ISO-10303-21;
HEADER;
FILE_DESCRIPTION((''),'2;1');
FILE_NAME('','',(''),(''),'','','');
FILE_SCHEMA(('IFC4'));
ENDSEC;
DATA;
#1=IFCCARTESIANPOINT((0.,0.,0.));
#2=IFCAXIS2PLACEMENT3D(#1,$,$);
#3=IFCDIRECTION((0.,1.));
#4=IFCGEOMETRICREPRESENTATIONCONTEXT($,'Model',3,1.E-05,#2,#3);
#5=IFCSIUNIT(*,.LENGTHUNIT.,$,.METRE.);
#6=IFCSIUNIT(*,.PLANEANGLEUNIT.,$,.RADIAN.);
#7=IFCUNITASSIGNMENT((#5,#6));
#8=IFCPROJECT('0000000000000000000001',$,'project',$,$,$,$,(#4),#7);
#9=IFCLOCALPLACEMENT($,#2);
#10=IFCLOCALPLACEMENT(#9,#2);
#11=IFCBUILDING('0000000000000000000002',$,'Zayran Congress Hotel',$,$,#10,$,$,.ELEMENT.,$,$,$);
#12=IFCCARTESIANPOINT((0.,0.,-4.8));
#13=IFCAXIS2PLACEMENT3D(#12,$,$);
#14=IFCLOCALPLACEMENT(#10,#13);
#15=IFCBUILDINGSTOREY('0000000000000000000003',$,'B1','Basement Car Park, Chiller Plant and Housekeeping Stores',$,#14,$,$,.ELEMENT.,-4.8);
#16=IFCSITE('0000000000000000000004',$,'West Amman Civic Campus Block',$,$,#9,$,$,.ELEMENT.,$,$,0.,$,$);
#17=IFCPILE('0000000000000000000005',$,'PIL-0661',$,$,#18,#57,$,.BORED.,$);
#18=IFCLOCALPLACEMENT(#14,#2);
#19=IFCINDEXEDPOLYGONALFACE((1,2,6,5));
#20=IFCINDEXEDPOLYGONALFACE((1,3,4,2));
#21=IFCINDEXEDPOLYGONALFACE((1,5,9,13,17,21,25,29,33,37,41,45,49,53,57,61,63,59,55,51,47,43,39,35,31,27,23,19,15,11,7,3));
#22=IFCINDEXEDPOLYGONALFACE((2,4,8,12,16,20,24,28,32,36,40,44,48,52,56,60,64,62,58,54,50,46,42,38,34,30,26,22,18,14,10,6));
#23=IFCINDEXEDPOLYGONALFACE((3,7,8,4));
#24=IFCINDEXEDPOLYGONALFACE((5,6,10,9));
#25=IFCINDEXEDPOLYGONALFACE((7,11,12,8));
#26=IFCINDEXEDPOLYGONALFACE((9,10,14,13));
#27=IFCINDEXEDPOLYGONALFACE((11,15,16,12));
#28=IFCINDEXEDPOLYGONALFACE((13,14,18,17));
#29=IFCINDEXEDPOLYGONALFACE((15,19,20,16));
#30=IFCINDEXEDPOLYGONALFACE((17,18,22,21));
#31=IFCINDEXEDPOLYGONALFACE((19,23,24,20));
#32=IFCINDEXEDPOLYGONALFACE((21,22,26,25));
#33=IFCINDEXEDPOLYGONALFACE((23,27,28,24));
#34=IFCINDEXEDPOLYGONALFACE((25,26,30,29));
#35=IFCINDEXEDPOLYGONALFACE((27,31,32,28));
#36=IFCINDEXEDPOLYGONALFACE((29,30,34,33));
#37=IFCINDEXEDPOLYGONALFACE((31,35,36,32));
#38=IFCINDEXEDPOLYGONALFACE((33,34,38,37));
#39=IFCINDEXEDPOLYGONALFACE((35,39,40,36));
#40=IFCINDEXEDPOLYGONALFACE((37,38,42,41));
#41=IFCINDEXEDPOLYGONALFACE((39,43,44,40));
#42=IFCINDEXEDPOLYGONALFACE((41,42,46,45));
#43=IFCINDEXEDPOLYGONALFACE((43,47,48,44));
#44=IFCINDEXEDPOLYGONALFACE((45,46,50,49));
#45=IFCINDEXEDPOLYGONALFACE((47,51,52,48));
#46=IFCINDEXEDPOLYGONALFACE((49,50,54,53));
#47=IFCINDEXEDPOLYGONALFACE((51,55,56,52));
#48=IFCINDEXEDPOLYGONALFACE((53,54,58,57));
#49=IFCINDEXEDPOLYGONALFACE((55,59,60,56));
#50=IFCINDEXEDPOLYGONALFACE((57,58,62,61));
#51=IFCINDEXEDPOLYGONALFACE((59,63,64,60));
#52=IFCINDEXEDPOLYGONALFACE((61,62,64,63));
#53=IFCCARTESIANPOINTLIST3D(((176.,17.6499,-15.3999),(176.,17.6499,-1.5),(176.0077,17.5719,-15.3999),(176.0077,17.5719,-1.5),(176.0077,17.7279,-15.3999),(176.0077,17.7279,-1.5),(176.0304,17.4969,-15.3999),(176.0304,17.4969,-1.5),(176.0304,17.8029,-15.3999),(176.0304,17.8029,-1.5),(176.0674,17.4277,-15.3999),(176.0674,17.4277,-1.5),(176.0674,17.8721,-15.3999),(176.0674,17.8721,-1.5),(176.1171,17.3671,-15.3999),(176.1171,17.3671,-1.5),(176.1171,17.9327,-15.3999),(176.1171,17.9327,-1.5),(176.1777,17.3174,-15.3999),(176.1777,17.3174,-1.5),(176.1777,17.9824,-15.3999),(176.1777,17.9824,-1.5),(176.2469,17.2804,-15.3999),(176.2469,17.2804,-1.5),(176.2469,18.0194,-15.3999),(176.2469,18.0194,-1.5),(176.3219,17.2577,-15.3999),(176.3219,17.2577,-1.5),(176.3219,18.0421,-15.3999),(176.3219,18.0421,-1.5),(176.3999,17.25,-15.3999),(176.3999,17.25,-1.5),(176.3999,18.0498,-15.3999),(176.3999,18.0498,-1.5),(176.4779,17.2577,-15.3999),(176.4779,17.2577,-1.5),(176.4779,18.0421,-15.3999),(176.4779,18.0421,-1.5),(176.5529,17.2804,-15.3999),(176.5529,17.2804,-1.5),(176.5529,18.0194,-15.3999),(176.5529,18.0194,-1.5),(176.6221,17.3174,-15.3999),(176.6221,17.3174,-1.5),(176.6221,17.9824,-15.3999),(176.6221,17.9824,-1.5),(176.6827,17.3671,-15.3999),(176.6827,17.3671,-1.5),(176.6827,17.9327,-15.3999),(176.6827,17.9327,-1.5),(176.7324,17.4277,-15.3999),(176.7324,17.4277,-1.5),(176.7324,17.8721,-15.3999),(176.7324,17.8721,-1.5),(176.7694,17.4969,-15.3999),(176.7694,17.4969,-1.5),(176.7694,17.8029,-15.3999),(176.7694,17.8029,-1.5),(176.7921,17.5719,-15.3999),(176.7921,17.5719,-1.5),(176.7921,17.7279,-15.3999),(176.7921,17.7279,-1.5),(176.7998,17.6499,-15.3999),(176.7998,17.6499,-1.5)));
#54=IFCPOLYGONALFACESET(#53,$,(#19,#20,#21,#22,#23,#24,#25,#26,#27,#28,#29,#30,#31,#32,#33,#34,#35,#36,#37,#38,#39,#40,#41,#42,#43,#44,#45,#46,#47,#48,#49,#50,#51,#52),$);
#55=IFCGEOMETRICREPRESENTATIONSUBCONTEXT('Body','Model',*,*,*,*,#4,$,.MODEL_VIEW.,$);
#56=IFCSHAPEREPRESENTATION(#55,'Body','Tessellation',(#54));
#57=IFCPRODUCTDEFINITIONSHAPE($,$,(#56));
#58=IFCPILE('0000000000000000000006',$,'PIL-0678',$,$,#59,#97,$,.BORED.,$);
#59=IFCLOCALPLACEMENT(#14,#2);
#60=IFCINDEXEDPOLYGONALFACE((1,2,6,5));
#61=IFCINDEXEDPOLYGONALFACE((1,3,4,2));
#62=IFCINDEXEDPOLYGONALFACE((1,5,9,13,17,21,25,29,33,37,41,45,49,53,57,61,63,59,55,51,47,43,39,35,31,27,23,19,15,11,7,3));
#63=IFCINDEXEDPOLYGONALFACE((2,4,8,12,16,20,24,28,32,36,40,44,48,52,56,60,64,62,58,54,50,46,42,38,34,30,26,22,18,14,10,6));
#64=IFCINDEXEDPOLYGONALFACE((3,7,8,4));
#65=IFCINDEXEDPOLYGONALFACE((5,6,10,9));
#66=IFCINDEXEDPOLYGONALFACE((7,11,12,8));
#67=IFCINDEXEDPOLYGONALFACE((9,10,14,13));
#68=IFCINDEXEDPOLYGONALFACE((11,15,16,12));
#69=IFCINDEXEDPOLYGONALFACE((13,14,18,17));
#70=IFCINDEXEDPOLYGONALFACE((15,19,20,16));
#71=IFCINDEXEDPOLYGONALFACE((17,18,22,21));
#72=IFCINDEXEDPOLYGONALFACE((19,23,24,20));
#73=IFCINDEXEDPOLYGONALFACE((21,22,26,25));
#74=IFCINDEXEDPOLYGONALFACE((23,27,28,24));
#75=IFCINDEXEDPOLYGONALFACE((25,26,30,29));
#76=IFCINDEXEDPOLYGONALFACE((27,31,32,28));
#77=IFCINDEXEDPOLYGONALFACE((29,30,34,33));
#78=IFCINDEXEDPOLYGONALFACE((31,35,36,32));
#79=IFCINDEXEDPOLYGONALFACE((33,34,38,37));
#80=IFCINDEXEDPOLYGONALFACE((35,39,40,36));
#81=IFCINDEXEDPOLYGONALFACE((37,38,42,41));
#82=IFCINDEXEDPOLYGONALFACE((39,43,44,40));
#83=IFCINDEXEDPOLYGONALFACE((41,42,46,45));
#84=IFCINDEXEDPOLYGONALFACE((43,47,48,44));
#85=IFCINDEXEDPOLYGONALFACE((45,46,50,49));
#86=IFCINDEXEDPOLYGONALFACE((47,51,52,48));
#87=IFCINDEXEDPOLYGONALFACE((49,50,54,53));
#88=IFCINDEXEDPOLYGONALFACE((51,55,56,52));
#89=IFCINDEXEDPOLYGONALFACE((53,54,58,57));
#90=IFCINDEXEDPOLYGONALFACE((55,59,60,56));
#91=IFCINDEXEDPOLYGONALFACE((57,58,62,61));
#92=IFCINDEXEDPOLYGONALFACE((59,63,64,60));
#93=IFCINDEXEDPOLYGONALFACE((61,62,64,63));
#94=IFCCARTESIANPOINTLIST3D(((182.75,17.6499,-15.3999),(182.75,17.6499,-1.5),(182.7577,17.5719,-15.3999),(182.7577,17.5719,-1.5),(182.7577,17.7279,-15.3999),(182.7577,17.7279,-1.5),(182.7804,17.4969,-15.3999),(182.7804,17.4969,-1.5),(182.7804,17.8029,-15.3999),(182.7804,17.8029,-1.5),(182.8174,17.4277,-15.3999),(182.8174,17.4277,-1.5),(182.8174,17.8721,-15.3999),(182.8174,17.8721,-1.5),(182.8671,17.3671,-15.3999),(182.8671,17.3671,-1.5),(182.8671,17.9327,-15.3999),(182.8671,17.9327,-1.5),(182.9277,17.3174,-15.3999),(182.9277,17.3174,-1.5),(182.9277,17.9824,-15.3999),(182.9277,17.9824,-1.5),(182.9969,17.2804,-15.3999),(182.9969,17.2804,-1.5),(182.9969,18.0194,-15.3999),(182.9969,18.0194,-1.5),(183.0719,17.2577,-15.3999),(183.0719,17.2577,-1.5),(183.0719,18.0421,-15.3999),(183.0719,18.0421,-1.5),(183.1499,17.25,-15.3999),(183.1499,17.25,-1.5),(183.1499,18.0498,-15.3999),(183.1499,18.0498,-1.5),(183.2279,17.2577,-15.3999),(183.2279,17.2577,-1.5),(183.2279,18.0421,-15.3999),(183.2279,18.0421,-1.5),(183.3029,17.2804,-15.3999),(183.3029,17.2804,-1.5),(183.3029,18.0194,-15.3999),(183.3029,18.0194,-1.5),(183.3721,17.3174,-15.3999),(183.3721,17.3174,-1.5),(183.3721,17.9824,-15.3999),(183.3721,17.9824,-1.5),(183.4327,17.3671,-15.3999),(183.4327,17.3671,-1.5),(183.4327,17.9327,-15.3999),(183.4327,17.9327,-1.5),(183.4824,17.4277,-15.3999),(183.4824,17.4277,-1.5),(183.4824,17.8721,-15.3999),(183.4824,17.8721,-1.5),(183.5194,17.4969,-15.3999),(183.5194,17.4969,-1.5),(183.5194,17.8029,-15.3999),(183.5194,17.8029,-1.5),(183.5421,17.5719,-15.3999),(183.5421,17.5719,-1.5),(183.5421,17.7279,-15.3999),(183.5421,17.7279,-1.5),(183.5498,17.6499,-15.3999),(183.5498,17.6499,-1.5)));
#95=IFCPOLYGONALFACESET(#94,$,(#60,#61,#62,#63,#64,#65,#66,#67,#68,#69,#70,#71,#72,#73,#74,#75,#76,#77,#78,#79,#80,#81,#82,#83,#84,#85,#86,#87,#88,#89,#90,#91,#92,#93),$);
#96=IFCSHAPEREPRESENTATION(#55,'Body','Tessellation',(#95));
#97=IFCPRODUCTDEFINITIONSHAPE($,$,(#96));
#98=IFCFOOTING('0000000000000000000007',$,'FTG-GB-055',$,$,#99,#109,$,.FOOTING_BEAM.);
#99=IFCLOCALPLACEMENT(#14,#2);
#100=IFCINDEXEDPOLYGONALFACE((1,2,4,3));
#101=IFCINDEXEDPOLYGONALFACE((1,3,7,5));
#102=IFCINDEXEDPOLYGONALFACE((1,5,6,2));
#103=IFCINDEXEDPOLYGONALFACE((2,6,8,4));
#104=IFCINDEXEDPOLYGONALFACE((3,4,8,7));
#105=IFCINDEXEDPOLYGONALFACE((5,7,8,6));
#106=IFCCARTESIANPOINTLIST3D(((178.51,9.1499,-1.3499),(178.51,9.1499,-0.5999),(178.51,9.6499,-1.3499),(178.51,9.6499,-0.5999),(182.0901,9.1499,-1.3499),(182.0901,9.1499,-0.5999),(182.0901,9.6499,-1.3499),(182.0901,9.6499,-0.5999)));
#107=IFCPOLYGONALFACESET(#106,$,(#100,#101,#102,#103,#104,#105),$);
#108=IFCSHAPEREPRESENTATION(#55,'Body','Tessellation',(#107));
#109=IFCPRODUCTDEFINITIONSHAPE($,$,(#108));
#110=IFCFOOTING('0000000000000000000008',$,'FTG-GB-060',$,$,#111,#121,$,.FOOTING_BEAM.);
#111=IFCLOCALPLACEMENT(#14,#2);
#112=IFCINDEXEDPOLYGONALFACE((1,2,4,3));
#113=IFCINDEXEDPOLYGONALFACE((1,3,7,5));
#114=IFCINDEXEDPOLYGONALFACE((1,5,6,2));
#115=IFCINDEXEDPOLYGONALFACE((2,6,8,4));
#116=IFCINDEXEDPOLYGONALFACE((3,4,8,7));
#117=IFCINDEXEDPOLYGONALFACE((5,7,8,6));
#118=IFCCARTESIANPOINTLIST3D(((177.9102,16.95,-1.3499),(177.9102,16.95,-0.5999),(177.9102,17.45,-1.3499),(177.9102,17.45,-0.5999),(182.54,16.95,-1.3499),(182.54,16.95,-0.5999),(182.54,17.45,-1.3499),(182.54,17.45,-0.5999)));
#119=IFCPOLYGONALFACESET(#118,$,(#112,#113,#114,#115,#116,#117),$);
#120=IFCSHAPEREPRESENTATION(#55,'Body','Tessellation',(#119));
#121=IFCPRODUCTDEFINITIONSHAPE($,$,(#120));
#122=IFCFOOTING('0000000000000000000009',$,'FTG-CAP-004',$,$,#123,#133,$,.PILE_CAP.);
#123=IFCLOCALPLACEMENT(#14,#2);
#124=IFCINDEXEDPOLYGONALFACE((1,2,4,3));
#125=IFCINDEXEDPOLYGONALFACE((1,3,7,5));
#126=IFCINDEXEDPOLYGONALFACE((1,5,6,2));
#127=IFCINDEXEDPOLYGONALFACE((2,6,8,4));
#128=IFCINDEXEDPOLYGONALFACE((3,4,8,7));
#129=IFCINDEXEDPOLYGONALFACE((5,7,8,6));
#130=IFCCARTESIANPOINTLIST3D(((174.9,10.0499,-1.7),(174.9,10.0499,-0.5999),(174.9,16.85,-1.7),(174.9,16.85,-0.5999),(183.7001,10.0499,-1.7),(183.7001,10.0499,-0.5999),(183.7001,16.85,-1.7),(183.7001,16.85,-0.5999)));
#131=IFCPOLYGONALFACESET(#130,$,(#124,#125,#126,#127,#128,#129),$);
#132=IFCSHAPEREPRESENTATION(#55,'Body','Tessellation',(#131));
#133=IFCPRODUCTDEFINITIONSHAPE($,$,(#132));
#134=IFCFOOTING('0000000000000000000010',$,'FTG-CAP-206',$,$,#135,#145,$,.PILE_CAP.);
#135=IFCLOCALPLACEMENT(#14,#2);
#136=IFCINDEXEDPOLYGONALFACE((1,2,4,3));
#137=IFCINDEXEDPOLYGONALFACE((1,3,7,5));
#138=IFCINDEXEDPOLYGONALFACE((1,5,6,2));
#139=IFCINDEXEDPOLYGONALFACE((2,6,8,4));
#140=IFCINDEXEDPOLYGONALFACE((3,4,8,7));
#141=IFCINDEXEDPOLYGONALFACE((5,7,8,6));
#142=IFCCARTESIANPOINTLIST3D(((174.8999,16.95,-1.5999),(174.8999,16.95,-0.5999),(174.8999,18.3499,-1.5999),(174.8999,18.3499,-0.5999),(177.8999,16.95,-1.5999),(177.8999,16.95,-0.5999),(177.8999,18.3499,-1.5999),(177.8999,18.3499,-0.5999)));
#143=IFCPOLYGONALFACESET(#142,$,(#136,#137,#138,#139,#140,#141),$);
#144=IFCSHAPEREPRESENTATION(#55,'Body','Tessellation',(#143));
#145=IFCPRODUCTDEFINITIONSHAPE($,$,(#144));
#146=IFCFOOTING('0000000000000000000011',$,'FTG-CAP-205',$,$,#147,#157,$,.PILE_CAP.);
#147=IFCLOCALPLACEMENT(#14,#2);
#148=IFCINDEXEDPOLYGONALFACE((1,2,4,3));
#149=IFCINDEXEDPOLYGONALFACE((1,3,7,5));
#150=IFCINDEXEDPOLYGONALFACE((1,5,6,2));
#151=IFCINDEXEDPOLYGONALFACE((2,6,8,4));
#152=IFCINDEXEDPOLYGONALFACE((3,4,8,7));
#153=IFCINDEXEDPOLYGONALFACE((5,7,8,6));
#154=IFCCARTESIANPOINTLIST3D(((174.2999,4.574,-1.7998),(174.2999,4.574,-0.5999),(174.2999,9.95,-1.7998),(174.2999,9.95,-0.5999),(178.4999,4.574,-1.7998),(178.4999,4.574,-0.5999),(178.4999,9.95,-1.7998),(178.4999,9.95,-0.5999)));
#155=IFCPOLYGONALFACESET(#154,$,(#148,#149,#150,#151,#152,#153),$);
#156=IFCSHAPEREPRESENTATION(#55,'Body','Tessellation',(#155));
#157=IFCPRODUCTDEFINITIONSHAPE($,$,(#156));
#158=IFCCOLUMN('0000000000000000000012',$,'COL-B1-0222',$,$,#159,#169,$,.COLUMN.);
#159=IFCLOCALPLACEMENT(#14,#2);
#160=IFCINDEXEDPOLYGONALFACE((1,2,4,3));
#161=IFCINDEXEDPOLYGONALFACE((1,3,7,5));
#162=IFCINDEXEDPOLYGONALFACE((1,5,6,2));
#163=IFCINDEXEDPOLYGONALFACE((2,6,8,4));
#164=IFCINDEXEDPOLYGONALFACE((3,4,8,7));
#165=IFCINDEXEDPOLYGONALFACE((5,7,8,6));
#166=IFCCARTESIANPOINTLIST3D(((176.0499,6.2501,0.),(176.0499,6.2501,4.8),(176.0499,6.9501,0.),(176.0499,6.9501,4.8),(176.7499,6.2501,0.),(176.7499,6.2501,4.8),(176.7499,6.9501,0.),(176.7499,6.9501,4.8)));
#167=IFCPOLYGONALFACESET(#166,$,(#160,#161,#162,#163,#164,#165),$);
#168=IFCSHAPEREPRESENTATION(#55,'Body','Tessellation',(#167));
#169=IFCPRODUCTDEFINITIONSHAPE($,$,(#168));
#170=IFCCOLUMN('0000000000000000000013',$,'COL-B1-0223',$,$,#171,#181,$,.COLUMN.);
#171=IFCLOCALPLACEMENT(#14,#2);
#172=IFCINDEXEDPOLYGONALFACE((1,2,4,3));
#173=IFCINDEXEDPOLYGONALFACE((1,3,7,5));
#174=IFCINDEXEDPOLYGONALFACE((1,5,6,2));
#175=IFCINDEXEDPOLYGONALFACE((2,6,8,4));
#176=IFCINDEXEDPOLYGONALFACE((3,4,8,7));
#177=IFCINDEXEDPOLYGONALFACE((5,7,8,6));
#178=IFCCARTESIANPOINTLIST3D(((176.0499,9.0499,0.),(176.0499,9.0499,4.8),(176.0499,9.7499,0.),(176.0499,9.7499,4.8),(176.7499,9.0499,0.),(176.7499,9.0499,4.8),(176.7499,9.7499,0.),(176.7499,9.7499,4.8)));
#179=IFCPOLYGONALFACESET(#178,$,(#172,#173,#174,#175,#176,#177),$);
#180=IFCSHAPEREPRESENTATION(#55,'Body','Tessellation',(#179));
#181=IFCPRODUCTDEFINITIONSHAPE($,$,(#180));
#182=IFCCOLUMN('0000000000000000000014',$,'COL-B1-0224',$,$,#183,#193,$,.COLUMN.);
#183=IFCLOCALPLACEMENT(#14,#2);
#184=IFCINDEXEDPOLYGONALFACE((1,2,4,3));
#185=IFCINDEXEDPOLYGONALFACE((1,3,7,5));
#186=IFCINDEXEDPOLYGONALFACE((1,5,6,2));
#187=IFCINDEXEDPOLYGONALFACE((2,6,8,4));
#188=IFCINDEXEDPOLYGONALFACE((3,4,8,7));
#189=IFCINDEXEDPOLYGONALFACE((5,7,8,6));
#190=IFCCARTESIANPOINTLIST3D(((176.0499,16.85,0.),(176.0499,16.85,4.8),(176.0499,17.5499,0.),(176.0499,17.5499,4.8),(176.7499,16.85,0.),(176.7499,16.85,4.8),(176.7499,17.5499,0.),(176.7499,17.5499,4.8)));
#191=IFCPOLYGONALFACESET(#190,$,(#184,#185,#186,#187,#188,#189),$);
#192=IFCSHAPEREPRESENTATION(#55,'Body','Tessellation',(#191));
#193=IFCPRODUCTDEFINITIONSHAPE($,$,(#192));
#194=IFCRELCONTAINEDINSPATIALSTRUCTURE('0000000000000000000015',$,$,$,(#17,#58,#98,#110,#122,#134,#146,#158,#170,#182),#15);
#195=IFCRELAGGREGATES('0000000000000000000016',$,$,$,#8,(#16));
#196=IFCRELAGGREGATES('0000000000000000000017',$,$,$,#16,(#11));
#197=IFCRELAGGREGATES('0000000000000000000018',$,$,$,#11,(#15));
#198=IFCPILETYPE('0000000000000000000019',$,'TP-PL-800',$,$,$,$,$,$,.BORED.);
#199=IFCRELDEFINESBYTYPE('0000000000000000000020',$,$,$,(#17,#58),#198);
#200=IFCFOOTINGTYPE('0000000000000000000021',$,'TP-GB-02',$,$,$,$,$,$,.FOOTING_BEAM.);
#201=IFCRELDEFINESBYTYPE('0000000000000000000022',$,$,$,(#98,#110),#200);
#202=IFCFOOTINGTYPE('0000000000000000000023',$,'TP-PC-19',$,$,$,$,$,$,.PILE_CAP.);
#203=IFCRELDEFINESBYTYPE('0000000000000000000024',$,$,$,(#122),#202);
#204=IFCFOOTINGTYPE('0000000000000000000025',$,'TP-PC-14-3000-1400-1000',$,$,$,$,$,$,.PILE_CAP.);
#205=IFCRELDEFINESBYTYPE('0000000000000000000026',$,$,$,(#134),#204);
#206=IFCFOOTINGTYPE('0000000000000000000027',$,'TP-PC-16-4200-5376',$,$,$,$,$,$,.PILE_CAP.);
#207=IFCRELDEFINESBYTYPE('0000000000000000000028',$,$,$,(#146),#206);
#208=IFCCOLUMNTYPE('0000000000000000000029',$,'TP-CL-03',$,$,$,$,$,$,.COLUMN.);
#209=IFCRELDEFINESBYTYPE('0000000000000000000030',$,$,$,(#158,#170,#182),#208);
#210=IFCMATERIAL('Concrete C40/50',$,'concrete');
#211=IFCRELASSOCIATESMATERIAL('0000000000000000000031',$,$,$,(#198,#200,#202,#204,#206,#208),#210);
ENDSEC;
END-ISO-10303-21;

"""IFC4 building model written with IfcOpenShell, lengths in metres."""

from ifc_helpers import new_model, si_unit, direction, frame, origin, origin_2d, place, context, subcontext, project, spatial, rectangle, circle, extrude, material, material_profile, profile_set, type_object, element, save


model = new_model("IFC4")

# Units and contexts
model_context = context("Model", 3, precision=1e-05, world=origin(), true_north=direction((0.0, 1.0)))
body_context = subcontext(model_context, "Body", "Model", "MODEL_VIEW")
ifc_project = project(units=[si_unit("LENGTHUNIT", "METRE"), si_unit("PLANEANGLEUNIT", "RADIAN")], contexts=[model_context])

# Site, building, storey
site_placement = place(None, origin())
site = spatial("IfcSite", under=ifc_project, at=site_placement, Name="West Amman Civic Campus Block", CompositionType="ELEMENT", RefElevation=0.0)
building_placement = place(site_placement, origin())
building = spatial("IfcBuilding", under=site, at=building_placement, Name="Zayran Congress Hotel", CompositionType="ELEMENT")
storey_placement = place(building_placement, frame((0.0, 0.0, -4.8)))
storey = spatial("IfcBuildingStorey", under=building, at=storey_placement, Name="B1", Description="Basement Car Park, Chiller Plant and Housekeeping Stores", CompositionType="ELEMENT", Elevation=-4.8)

# Piles
ifc_material = material(Name="Concrete C40/50", Category="concrete")
ifc_material_profile_1 = material_profile(ifc_material, circle(Radius=0.3999, at=origin_2d()), Name="PILE D800")
ifc_profile_set_1 = profile_set([ifc_material_profile_1], Name="Concrete C40/50")
pile_type_1 = type_object("IfcPileType", Name="TP-PL-800", PredefinedType="BORED", material=ifc_profile_set_1)
for number, where, z_axis, x_axis, name in (
    (1, (176.3999, 17.6499, -1.5), (0.0, 0.0, -1.0), (1.0, 0.0, 0.0), "PIL-0661"),
    (2, (183.1499, 17.6499, -1.5), (0.0, 0.0, -1.0), (1.0, 0.0, 0.0), "PIL-0678"),
):
    element("IfcPile", number, at=place(storey_placement, frame(where, z_axis=z_axis, x_axis=x_axis)), inside=storey, type_object=pile_type_1, Name=name, PredefinedType="BORED", context=body_context, shape_type="SweptSolid", body=[
        extrude(circle(Radius=0.3999, at=origin_2d()), origin(), (0.0, 0.0, 1.0), 13.8999),
    ])

# Footings
footing_type_1 = type_object("IfcFootingType", Name="TP-GB-02", PredefinedType="FOOTING_BEAM", material=ifc_material)
footing_1_placement = place(storey_placement, frame((180.3, 9.3999, -1.3499), z_axis=(0.0, 0.0, 1.0), x_axis=(1.0, 0.0, 0.0)))
element("IfcFooting", 3, at=footing_1_placement, inside=storey, type_object=footing_type_1, Name="FTG-GB-055", PredefinedType="FOOTING_BEAM", context=body_context, shape_type="SweptSolid", body=[
    extrude(rectangle(XDim=3.5801, YDim=0.5, at=origin_2d()), origin(), (0.0, 0.0, 1.0), 0.75),
])
footing_2_placement = place(storey_placement, frame((180.2251, 17.2, -1.3499), z_axis=(0.0, 0.0, 1.0), x_axis=(1.0, 0.0, 0.0)))
element("IfcFooting", 4, at=footing_2_placement, inside=storey, type_object=footing_type_1, Name="FTG-GB-060", PredefinedType="FOOTING_BEAM", context=body_context, shape_type="SweptSolid", body=[
    extrude(rectangle(XDim=4.6299, YDim=0.5, at=origin_2d()), origin(), (0.0, 0.0, 1.0), 0.75),
])
footing_type_2 = type_object("IfcFootingType", Name="TP-PC-19", PredefinedType="PILE_CAP", material=ifc_material)
footing_3_placement = place(storey_placement, frame((179.3, 13.45, -1.7), z_axis=(0.0, 0.0, 1.0), x_axis=(1.0, 0.0, 0.0)))
element("IfcFooting", 5, at=footing_3_placement, inside=storey, type_object=footing_type_2, Name="FTG-CAP-004", PredefinedType="PILE_CAP", context=body_context, shape_type="SweptSolid", body=[
    extrude(rectangle(XDim=8.8, YDim=6.8, at=origin_2d()), origin(), (0.0, 0.0, 1.0), 1.1001),
])
footing_type_3 = type_object("IfcFootingType", Name="TP-PC-14-3000-1400-1000", PredefinedType="PILE_CAP", material=ifc_material)
footing_4_placement = place(storey_placement, frame((176.3999, 17.6499, -1.5999), z_axis=(0.0, 0.0, 1.0), x_axis=(1.0, 0.0, 0.0)))
element("IfcFooting", 6, at=footing_4_placement, inside=storey, type_object=footing_type_3, Name="FTG-CAP-206", PredefinedType="PILE_CAP", context=body_context, shape_type="SweptSolid", body=[
    extrude(rectangle(XDim=3.0, YDim=1.3999, at=origin_2d()), origin(), (0.0, 0.0, 1.0), 1.0),
])
footing_type_4 = type_object("IfcFootingType", Name="TP-PC-16-4200-5376", PredefinedType="PILE_CAP", material=ifc_material)
footing_5_placement = place(storey_placement, frame((176.3999, 7.262, -1.7998), z_axis=(0.0, 0.0, 1.0), x_axis=(1.0, 0.0, 0.0)))
element("IfcFooting", 7, at=footing_5_placement, inside=storey, type_object=footing_type_4, Name="FTG-CAP-205", PredefinedType="PILE_CAP", context=body_context, shape_type="SweptSolid", body=[
    extrude(rectangle(XDim=4.2, YDim=5.376, at=origin_2d()), origin(), (0.0, 0.0, 1.0), 1.2),
])

# Columns
ifc_material_profile_2 = material_profile(ifc_material, rectangle(XDim=0.7, YDim=0.7, at=origin_2d()), Name="RC 700x700")
ifc_profile_set_2 = profile_set([ifc_material_profile_2], Name="Concrete C40/50")
column_type = type_object("IfcColumnType", Name="TP-CL-03", PredefinedType="COLUMN", material=ifc_profile_set_2)
for number, where, z_axis, x_axis, name in (
    (8, (176.3999, 6.6001, 0.0), (0.0, 0.0, 1.0), (1.0, 0.0, 0.0), "COL-B1-0222"),
    (9, (176.3999, 9.3999, 0.0), (0.0, 0.0, 1.0), (1.0, 0.0, 0.0), "COL-B1-0223"),
    (10, (176.3999, 17.2, 0.0), (0.0, 0.0, 1.0), (1.0, 0.0, 0.0), "COL-B1-0224"),
):
    element("IfcColumn", number, at=place(storey_placement, frame(where, z_axis=z_axis, x_axis=x_axis)), inside=storey, type_object=column_type, Name=name, PredefinedType="COLUMN", context=body_context, shape_type="SweptSolid", body=[
        extrude(rectangle(XDim=0.7, YDim=0.7, at=origin_2d()), origin(), (0.0, 0.0, 1.0), 4.8),
    ])

save(model, "model.ifc")
